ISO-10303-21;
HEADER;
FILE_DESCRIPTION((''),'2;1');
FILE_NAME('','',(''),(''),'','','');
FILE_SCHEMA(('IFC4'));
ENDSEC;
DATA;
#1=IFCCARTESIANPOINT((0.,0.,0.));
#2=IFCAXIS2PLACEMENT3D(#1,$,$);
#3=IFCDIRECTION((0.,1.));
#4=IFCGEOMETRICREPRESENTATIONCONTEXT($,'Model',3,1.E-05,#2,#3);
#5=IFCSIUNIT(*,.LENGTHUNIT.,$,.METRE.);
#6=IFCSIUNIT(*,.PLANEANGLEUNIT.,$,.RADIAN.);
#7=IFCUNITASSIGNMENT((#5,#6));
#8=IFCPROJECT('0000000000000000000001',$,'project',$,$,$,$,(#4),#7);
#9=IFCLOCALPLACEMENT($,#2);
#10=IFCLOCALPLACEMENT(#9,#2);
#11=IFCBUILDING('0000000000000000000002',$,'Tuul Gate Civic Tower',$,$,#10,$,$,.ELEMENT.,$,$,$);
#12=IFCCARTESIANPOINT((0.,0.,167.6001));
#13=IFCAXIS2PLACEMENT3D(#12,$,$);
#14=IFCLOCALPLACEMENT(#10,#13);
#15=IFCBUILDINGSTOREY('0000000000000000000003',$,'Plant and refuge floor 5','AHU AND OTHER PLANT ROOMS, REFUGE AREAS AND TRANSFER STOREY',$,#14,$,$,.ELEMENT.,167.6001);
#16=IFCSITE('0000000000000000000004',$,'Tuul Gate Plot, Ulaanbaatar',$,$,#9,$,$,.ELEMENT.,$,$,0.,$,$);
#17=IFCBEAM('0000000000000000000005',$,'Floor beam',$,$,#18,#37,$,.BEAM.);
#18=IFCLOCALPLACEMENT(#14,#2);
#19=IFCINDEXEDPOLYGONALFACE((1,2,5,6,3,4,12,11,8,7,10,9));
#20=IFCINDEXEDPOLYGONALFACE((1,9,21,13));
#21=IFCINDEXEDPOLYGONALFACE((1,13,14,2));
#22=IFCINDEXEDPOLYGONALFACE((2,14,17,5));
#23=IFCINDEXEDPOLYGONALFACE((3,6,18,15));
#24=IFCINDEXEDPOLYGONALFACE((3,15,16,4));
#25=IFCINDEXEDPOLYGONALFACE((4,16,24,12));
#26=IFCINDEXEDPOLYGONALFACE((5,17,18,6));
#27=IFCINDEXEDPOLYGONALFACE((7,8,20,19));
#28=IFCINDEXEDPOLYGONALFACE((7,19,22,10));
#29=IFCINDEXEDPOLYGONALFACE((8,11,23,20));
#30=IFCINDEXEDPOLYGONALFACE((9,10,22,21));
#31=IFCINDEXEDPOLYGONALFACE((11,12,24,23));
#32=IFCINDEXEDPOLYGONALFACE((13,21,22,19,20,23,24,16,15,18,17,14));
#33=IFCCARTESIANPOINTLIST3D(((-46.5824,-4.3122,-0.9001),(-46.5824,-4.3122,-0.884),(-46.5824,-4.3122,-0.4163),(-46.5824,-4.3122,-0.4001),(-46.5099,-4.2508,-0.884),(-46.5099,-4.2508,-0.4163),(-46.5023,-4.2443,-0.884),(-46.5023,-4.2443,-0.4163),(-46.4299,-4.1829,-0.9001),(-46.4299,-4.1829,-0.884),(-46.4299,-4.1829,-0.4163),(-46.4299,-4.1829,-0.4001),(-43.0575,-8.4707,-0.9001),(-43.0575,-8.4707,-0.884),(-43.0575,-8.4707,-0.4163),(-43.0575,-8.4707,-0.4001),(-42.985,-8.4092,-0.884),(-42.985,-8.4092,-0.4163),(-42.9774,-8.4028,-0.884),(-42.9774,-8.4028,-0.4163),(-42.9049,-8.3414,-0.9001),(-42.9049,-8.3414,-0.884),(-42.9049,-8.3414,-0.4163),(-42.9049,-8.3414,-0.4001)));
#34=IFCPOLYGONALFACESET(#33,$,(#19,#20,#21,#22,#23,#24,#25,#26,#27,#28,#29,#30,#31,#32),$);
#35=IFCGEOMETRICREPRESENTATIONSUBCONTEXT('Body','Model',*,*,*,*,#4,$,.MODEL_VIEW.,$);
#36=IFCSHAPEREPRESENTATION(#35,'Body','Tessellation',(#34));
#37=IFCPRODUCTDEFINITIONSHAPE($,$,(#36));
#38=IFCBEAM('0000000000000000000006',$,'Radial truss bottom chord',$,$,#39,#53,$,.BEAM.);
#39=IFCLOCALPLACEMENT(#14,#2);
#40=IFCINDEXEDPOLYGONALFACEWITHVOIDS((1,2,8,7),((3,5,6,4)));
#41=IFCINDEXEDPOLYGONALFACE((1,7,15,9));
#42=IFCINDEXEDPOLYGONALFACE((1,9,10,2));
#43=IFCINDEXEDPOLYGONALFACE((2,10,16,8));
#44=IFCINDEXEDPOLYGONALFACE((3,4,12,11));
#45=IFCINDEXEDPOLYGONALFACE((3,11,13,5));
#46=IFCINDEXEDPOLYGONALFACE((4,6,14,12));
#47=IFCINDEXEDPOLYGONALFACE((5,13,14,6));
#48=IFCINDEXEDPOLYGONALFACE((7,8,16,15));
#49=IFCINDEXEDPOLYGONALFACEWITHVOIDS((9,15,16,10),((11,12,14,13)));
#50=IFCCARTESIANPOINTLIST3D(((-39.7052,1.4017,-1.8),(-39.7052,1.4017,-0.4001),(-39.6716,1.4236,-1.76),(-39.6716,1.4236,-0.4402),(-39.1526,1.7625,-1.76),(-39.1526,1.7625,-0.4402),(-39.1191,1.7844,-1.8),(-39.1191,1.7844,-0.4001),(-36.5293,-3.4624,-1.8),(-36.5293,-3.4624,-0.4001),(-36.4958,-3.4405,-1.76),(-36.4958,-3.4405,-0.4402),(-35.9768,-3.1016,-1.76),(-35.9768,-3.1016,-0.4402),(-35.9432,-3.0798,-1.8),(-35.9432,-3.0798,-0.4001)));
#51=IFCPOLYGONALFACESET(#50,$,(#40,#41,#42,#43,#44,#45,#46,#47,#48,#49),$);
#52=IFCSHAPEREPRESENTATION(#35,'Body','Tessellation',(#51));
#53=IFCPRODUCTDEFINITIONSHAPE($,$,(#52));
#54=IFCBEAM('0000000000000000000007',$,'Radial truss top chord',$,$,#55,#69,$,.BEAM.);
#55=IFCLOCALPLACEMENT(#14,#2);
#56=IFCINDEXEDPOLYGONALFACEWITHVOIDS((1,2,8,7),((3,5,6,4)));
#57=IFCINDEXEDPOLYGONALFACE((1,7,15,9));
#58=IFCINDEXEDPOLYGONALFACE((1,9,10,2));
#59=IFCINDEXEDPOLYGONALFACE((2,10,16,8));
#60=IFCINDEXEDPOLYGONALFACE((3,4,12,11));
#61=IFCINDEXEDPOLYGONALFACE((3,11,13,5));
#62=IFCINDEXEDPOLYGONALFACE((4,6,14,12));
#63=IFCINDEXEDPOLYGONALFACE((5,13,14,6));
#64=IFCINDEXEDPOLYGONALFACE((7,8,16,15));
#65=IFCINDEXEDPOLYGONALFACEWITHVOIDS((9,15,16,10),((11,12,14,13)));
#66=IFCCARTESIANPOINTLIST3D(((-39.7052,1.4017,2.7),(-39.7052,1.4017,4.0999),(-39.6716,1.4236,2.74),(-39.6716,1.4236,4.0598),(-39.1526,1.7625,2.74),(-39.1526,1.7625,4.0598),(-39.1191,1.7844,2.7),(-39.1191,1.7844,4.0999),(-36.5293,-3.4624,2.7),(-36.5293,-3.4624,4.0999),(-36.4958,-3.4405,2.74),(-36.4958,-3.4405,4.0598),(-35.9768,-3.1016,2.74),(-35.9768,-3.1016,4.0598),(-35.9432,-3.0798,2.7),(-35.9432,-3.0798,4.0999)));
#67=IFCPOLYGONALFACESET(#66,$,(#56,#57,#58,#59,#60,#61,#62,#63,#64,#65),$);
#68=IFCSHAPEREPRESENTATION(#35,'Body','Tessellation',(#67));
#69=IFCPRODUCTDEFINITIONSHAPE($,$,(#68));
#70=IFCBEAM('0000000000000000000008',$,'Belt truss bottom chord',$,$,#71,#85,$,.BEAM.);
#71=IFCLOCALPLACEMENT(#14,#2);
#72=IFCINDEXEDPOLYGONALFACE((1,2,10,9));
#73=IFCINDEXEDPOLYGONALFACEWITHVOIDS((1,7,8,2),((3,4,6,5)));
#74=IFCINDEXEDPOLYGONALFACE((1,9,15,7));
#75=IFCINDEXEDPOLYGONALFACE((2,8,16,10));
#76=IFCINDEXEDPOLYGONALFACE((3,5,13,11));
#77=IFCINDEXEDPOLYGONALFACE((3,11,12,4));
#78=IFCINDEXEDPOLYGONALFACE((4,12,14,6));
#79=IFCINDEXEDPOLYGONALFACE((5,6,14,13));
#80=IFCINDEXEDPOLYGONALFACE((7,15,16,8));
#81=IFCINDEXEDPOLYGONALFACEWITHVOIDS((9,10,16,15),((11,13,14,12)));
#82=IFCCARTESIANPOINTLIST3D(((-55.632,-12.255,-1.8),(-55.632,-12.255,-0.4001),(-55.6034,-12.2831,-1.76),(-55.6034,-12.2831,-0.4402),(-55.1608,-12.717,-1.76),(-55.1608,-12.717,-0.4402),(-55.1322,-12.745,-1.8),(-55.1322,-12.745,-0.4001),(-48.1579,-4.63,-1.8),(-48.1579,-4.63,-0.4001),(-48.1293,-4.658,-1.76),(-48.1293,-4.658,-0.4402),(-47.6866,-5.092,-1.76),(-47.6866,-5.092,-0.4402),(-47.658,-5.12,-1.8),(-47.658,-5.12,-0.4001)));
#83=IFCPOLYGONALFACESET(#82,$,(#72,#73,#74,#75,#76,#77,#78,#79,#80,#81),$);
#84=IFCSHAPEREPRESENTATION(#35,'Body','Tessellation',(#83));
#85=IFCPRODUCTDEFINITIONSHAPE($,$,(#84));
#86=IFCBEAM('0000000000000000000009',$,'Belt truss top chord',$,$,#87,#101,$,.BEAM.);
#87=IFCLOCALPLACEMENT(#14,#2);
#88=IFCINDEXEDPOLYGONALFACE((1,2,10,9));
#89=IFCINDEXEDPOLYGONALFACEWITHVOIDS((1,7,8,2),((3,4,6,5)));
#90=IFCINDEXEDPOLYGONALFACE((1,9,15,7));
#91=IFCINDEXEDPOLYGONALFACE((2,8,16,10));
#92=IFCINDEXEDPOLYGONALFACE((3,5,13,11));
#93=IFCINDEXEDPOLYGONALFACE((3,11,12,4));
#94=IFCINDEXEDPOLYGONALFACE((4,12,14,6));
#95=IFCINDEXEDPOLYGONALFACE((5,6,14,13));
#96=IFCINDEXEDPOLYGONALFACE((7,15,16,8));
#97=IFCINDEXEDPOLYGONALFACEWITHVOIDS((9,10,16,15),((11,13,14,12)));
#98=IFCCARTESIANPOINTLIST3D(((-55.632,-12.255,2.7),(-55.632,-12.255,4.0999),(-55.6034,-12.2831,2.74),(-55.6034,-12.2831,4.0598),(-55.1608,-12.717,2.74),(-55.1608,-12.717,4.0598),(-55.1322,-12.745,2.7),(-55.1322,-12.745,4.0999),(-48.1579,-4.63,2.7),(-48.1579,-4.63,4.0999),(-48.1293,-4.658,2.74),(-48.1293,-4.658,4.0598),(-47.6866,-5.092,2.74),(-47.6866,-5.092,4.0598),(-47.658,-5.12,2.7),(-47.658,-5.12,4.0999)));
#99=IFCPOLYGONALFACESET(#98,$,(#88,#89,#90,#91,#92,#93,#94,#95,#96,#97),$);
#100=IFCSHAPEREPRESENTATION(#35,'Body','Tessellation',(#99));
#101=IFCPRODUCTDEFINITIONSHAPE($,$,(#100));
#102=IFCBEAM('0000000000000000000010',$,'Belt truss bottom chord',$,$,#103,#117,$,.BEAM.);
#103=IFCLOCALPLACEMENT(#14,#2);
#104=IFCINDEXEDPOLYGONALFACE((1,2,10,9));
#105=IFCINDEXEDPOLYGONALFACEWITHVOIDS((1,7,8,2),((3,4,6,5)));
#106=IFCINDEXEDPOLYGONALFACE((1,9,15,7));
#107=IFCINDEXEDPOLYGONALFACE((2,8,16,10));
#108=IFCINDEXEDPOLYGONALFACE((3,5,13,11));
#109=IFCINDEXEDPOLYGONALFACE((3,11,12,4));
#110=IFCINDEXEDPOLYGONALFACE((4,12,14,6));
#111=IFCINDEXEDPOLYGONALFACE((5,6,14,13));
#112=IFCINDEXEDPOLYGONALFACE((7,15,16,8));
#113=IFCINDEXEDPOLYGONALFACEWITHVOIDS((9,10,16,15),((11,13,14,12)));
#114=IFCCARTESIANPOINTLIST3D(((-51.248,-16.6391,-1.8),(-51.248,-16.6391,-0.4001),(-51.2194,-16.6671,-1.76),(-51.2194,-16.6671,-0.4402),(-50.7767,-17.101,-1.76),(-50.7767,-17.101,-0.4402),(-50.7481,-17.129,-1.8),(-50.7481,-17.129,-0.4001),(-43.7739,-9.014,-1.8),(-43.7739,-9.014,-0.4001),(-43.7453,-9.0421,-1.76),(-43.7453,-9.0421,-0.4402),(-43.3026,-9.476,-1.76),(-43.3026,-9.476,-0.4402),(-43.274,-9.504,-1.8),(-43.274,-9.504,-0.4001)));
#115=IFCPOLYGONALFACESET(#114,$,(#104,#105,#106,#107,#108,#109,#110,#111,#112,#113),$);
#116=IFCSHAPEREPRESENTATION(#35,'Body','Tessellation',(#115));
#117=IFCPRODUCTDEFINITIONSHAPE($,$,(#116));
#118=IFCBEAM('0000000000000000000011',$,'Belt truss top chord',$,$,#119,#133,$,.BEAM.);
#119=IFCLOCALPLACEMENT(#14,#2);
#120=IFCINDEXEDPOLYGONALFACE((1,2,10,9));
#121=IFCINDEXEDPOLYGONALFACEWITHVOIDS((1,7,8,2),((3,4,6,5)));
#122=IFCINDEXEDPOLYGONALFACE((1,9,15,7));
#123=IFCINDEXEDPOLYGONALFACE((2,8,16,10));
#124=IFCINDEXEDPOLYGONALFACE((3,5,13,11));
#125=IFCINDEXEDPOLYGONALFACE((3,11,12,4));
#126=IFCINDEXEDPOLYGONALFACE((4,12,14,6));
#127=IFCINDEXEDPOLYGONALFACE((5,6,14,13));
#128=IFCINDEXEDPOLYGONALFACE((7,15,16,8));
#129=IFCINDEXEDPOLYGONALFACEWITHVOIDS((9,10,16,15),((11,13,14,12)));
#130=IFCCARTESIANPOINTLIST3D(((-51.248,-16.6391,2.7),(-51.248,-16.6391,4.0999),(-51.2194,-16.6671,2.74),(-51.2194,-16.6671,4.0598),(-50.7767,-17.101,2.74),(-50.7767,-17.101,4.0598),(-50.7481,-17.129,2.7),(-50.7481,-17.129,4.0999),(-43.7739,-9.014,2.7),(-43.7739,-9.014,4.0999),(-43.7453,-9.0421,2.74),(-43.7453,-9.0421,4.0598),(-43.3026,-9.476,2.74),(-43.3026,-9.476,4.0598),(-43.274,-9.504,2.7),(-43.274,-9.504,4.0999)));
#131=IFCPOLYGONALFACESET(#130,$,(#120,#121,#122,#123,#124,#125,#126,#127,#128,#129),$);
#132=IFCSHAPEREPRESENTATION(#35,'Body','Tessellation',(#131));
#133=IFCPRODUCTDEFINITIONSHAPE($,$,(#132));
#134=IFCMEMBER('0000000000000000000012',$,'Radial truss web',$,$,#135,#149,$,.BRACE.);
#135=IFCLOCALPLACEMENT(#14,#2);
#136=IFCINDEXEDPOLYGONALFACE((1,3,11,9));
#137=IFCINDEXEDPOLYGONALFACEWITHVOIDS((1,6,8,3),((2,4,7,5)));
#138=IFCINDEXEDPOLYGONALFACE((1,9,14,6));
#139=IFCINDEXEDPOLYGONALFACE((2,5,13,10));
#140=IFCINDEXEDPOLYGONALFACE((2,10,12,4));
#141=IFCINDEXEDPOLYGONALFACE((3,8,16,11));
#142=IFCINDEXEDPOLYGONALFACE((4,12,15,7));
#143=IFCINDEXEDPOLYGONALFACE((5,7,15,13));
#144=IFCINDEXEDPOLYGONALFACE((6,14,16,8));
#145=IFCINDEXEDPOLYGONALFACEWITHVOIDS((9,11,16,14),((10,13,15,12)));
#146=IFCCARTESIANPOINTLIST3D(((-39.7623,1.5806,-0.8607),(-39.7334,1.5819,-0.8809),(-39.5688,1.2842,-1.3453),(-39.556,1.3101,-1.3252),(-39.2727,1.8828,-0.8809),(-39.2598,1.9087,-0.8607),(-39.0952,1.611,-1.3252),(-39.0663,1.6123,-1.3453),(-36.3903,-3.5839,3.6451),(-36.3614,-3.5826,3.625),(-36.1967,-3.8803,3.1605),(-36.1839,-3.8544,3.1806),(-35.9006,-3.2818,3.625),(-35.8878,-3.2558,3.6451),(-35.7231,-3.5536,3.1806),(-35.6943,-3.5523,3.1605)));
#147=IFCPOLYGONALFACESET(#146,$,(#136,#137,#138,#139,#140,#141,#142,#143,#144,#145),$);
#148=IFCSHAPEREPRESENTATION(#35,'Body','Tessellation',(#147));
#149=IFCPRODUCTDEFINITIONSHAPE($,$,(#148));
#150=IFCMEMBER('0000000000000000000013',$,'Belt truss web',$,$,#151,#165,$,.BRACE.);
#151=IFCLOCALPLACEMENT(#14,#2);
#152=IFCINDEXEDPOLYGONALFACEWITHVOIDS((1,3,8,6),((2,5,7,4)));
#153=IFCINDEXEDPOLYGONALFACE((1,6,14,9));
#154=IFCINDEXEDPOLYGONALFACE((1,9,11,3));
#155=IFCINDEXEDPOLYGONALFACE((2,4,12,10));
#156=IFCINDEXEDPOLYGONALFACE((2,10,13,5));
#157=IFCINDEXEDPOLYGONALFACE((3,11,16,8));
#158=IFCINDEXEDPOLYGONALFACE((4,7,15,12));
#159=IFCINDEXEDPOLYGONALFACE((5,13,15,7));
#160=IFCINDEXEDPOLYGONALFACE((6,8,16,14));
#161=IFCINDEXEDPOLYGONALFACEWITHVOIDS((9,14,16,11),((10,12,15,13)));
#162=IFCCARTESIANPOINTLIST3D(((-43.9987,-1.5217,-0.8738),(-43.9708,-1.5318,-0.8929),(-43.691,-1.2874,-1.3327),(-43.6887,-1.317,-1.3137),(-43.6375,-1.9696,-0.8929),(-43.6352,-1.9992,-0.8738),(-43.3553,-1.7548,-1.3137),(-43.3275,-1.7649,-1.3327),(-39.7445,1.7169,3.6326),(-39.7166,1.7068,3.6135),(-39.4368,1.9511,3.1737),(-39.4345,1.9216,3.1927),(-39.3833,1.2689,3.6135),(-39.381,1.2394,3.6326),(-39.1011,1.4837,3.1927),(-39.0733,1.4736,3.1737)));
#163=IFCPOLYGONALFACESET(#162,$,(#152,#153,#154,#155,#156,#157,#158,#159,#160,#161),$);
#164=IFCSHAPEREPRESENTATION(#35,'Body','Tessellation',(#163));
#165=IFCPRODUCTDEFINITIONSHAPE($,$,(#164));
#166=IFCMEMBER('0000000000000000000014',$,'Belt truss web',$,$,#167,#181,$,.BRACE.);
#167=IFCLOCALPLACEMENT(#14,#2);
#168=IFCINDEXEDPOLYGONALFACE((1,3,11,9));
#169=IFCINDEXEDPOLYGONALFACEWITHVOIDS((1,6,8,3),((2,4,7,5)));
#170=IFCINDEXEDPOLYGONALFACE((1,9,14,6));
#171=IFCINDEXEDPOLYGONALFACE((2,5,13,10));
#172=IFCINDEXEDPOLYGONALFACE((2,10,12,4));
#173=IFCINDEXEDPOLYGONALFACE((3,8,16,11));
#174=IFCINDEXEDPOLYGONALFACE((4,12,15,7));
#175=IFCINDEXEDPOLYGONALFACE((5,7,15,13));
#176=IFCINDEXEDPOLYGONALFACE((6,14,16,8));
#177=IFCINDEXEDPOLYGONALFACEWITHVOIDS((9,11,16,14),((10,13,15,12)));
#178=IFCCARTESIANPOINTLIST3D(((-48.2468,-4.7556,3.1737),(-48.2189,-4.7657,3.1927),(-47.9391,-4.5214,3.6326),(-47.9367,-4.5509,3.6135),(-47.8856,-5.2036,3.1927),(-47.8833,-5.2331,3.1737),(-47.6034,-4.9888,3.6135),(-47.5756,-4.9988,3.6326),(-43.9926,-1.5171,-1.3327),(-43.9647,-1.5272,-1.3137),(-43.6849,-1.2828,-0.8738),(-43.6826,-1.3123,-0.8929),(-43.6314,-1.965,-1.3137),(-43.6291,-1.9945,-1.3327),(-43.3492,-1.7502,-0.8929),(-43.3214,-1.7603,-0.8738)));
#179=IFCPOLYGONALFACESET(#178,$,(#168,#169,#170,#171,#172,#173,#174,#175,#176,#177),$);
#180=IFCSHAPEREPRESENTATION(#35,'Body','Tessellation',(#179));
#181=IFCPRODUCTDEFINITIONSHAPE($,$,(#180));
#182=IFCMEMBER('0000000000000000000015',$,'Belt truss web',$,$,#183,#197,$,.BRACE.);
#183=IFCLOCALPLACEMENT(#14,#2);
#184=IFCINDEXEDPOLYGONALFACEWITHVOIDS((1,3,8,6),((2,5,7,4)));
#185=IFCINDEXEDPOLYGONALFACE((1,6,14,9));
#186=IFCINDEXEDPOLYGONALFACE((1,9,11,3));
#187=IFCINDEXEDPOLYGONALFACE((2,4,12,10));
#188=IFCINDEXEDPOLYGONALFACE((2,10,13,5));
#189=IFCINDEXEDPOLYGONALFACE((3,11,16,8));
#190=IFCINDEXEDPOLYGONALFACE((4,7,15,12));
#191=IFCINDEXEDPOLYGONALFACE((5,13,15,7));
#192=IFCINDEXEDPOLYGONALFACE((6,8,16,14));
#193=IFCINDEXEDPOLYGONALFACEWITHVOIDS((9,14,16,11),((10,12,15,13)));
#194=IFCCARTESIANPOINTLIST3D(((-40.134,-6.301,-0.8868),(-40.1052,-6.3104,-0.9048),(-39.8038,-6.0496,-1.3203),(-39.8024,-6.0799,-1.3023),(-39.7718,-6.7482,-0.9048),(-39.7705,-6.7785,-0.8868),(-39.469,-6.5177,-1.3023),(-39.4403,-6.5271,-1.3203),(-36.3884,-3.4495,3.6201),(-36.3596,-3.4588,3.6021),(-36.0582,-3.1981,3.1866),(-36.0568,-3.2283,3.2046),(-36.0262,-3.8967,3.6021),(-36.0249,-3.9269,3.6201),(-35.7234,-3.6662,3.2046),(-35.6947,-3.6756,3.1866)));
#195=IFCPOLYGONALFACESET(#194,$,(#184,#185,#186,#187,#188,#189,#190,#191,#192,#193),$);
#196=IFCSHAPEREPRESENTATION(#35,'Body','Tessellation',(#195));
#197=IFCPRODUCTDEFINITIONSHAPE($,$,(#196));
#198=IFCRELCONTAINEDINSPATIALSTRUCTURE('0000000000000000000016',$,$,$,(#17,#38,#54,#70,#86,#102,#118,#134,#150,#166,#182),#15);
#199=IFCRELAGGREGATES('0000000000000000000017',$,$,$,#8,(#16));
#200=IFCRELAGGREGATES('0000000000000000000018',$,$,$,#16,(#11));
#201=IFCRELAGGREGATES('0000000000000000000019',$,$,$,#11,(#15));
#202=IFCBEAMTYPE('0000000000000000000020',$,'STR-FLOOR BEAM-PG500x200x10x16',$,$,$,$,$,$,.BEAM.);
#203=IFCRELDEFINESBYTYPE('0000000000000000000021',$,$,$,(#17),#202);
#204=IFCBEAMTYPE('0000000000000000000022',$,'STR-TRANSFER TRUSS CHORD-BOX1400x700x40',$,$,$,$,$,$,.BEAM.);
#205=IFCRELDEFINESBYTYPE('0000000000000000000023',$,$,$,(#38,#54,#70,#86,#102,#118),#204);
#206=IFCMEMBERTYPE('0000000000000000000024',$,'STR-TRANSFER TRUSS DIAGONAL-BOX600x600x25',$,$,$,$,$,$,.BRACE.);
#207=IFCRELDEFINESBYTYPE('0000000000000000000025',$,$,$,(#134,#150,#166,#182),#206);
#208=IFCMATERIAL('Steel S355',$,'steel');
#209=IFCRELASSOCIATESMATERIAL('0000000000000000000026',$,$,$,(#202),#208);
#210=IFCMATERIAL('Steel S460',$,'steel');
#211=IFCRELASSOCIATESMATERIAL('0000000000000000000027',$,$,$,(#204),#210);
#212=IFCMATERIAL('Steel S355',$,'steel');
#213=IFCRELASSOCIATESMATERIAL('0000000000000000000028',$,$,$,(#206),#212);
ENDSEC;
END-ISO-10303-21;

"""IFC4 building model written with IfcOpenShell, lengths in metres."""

from ifc_helpers import new_model, si_unit, direction, frame, origin, origin_2d, place, context, subcontext, project, spatial, hollow_rectangle, i_section, extrude, material, material_profile, profile_set, type_object, element, save


model = new_model("IFC4")

# Units and contexts
model_context = context("Model", 3, precision=1e-05, world=origin(), true_north=direction((0.0, 1.0)))
body_context = subcontext(model_context, "Body", "Model", "MODEL_VIEW")
ifc_project = project(units=[si_unit("LENGTHUNIT", "METRE"), si_unit("PLANEANGLEUNIT", "RADIAN")], contexts=[model_context])

# Site, building, storey
site_placement = place(None, origin())
site = spatial("IfcSite", under=ifc_project, at=site_placement, Name="Tuul Gate Plot, Ulaanbaatar", CompositionType="ELEMENT", RefElevation=0.0)
building_placement = place(site_placement, origin())
building = spatial("IfcBuilding", under=site, at=building_placement, Name="Tuul Gate Civic Tower", CompositionType="ELEMENT")
storey_placement = place(building_placement, frame((0.0, 0.0, 167.6001)))
storey = spatial("IfcBuildingStorey", under=building, at=storey_placement, Name="Plant and refuge floor 5", Description="AHU AND OTHER PLANT ROOMS, REFUGE AREAS AND TRANSFER STOREY", CompositionType="ELEMENT", Elevation=167.6001)

# Beams
ifc_material_1 = material(Name="Steel S355", Category="steel")
ifc_material_profile_1 = material_profile(ifc_material_1, i_section(OverallWidth=0.2, OverallDepth=0.5, WebThickness=0.01, FlangeThickness=0.0161, at=origin_2d()), Name="PG500x200x10x16")
ifc_profile_set_1 = profile_set([ifc_material_profile_1], Name="Steel S355")
beam_type_1 = type_object("IfcBeamType", Name="STR-FLOOR BEAM-PG500x200x10x16", PredefinedType="BEAM", material=ifc_profile_set_1)
beam_placement = place(storey_placement, frame((-42.9812, -8.406, -0.6501), z_axis=(-0.646607, 0.762824, 0.0), x_axis=(-0.762824, -0.646607, 0.0)))
element("IfcBeam", 1, at=beam_placement, inside=storey, type_object=beam_type_1, Name="Floor beam", PredefinedType="BEAM", context=body_context, shape_type="SweptSolid", body=[
    extrude(i_section(OverallWidth=0.2, OverallDepth=0.5, WebThickness=0.01, FlangeThickness=0.0161, at=origin_2d()), origin(), (0.0, 0.0, 1.0), 5.4514),
])
ifc_material_2 = material(Name="Steel S460", Category="steel")
ifc_material_profile_2 = material_profile(ifc_material_2, hollow_rectangle(XDim=0.7, YDim=1.3999, WallThickness=0.04, at=origin_2d()), Name="BOX1400x700x40")
ifc_profile_set_2 = profile_set([ifc_material_profile_2], Name="Steel S460")
beam_type_2 = type_object("IfcBeamType", Name="STR-TRANSFER TRUSS CHORD-BOX1400x700x40", PredefinedType="BEAM", material=ifc_profile_set_2)
for number, where, z_axis, x_axis, name in (
    (2, (-39.4121, 1.593, -1.1001), (0.546702, -0.837327, 0.0), (0.837327, 0.546702, 0.0), "Radial truss bottom chord"),
    (3, (-39.4121, 1.593, 3.3999), (0.546702, -0.837327, 0.0), (0.837327, 0.546702, 0.0), "Radial truss top chord"),
):
    element("IfcBeam", number, at=place(storey_placement, frame(where, z_axis=z_axis, x_axis=x_axis)), inside=storey, type_object=beam_type_2, Name=name, PredefinedType="BEAM", context=body_context, shape_type="SweptSolid", body=[
        extrude(hollow_rectangle(XDim=0.7, YDim=1.3999, WallThickness=0.04, at=origin_2d()), origin(), (0.0, 0.0, 1.0), 5.8091),
    ])
for number, where, z_axis, x_axis, name in (
    (4, (-47.908, -4.875, -1.1001), (-0.700006, -0.714137, 0.0), (0.714137, -0.700006, 0.0), "Belt truss bottom chord"),
    (5, (-47.908, -4.875, 3.3999), (-0.700006, -0.714137, 0.0), (0.714137, -0.700006, 0.0), "Belt truss top chord"),
    (6, (-43.5239, -9.259, -1.1001), (-0.700006, -0.714137, 0.0), (0.714137, -0.700006, 0.0), "Belt truss bottom chord"),
    (7, (-43.5239, -9.259, 3.3999), (-0.700006, -0.714137, 0.0), (0.714137, -0.700006, 0.0), "Belt truss top chord"),
):
    element("IfcBeam", number, at=place(storey_placement, frame(where, z_axis=z_axis, x_axis=x_axis)), inside=storey, type_object=beam_type_2, Name=name, PredefinedType="BEAM", context=body_context, shape_type="SweptSolid", body=[
        extrude(hollow_rectangle(XDim=0.7, YDim=1.3999, WallThickness=0.04, at=origin_2d()), origin(), (0.0, 0.0, 1.0), 10.6772),
    ])

# Members
ifc_material_3 = material(Name="Steel S355", Category="steel")
ifc_material_profile_3 = material_profile(ifc_material_3, hollow_rectangle(XDim=0.6001, YDim=0.6001, WallThickness=0.0249, at=origin_2d()), Name="BOX600x600x25")
ifc_profile_set_3 = profile_set([ifc_material_profile_3], Name="Steel S355")
member_type_1 = type_object("IfcMemberType", Name="STR-TRANSFER TRUSS DIAGONAL-BOX600x600x25", PredefinedType="BRACE", material=ifc_profile_set_3)
member_1_placement = place(storey_placement, frame((-39.4143, 1.5964, -1.103), z_axis=(0.441459, -0.676124, 0.58989), x_axis=(0.837322, 0.54671, 0.0)))
element("IfcMember", 8, at=member_1_placement, inside=storey, type_object=member_type_1, Name="Radial truss web", PredefinedType="BRACE", context=body_context, shape_type="SweptSolid", body=[
    extrude(hollow_rectangle(XDim=0.6001, YDim=0.6001, WallThickness=0.0249, at=origin_2d()), origin(), (0.0, 0.0, 1.0), 7.6384),
])
for number, where, z_axis, x_axis, name in (
    (9, (-43.6631, -1.6433, -1.1033), (0.6084, 0.463152, 0.644468), (-0.60572, 0.795678, 0.0), "Belt truss web"),
    (10, (-43.657, -1.6387, -1.1033), (-0.6084, -0.463152, 0.644468), (0.60572, -0.795678, 0.0), "Belt truss web"),
):
    element("IfcMember", number, at=place(storey_placement, frame(where, z_axis=z_axis, x_axis=x_axis)), inside=storey, type_object=member_type_1, Name=name, PredefinedType="BRACE", context=body_context, shape_type="SweptSolid", body=[
        extrude(hollow_rectangle(XDim=0.6001, YDim=0.6001, WallThickness=0.0249, at=origin_2d()), origin(), (0.0, 0.0, 1.0), 6.9924),
    ])
for number, where, z_axis, x_axis, name in (
    (11, (-39.7871, -6.4141, -1.1035), (0.574735, 0.437551, 0.691541), (-0.605743, 0.79566, 0.0), "Belt truss web"),
):
    element("IfcMember", number, at=place(storey_placement, frame(where, z_axis=z_axis, x_axis=x_axis)), inside=storey, type_object=member_type_1, Name=name, PredefinedType="BRACE", context=body_context, shape_type="SweptSolid", body=[
        extrude(hollow_rectangle(XDim=0.6001, YDim=0.6001, WallThickness=0.0249, at=origin_2d()), origin(), (0.0, 0.0, 1.0), 6.5171),
    ])

save(model, "model.ifc")
